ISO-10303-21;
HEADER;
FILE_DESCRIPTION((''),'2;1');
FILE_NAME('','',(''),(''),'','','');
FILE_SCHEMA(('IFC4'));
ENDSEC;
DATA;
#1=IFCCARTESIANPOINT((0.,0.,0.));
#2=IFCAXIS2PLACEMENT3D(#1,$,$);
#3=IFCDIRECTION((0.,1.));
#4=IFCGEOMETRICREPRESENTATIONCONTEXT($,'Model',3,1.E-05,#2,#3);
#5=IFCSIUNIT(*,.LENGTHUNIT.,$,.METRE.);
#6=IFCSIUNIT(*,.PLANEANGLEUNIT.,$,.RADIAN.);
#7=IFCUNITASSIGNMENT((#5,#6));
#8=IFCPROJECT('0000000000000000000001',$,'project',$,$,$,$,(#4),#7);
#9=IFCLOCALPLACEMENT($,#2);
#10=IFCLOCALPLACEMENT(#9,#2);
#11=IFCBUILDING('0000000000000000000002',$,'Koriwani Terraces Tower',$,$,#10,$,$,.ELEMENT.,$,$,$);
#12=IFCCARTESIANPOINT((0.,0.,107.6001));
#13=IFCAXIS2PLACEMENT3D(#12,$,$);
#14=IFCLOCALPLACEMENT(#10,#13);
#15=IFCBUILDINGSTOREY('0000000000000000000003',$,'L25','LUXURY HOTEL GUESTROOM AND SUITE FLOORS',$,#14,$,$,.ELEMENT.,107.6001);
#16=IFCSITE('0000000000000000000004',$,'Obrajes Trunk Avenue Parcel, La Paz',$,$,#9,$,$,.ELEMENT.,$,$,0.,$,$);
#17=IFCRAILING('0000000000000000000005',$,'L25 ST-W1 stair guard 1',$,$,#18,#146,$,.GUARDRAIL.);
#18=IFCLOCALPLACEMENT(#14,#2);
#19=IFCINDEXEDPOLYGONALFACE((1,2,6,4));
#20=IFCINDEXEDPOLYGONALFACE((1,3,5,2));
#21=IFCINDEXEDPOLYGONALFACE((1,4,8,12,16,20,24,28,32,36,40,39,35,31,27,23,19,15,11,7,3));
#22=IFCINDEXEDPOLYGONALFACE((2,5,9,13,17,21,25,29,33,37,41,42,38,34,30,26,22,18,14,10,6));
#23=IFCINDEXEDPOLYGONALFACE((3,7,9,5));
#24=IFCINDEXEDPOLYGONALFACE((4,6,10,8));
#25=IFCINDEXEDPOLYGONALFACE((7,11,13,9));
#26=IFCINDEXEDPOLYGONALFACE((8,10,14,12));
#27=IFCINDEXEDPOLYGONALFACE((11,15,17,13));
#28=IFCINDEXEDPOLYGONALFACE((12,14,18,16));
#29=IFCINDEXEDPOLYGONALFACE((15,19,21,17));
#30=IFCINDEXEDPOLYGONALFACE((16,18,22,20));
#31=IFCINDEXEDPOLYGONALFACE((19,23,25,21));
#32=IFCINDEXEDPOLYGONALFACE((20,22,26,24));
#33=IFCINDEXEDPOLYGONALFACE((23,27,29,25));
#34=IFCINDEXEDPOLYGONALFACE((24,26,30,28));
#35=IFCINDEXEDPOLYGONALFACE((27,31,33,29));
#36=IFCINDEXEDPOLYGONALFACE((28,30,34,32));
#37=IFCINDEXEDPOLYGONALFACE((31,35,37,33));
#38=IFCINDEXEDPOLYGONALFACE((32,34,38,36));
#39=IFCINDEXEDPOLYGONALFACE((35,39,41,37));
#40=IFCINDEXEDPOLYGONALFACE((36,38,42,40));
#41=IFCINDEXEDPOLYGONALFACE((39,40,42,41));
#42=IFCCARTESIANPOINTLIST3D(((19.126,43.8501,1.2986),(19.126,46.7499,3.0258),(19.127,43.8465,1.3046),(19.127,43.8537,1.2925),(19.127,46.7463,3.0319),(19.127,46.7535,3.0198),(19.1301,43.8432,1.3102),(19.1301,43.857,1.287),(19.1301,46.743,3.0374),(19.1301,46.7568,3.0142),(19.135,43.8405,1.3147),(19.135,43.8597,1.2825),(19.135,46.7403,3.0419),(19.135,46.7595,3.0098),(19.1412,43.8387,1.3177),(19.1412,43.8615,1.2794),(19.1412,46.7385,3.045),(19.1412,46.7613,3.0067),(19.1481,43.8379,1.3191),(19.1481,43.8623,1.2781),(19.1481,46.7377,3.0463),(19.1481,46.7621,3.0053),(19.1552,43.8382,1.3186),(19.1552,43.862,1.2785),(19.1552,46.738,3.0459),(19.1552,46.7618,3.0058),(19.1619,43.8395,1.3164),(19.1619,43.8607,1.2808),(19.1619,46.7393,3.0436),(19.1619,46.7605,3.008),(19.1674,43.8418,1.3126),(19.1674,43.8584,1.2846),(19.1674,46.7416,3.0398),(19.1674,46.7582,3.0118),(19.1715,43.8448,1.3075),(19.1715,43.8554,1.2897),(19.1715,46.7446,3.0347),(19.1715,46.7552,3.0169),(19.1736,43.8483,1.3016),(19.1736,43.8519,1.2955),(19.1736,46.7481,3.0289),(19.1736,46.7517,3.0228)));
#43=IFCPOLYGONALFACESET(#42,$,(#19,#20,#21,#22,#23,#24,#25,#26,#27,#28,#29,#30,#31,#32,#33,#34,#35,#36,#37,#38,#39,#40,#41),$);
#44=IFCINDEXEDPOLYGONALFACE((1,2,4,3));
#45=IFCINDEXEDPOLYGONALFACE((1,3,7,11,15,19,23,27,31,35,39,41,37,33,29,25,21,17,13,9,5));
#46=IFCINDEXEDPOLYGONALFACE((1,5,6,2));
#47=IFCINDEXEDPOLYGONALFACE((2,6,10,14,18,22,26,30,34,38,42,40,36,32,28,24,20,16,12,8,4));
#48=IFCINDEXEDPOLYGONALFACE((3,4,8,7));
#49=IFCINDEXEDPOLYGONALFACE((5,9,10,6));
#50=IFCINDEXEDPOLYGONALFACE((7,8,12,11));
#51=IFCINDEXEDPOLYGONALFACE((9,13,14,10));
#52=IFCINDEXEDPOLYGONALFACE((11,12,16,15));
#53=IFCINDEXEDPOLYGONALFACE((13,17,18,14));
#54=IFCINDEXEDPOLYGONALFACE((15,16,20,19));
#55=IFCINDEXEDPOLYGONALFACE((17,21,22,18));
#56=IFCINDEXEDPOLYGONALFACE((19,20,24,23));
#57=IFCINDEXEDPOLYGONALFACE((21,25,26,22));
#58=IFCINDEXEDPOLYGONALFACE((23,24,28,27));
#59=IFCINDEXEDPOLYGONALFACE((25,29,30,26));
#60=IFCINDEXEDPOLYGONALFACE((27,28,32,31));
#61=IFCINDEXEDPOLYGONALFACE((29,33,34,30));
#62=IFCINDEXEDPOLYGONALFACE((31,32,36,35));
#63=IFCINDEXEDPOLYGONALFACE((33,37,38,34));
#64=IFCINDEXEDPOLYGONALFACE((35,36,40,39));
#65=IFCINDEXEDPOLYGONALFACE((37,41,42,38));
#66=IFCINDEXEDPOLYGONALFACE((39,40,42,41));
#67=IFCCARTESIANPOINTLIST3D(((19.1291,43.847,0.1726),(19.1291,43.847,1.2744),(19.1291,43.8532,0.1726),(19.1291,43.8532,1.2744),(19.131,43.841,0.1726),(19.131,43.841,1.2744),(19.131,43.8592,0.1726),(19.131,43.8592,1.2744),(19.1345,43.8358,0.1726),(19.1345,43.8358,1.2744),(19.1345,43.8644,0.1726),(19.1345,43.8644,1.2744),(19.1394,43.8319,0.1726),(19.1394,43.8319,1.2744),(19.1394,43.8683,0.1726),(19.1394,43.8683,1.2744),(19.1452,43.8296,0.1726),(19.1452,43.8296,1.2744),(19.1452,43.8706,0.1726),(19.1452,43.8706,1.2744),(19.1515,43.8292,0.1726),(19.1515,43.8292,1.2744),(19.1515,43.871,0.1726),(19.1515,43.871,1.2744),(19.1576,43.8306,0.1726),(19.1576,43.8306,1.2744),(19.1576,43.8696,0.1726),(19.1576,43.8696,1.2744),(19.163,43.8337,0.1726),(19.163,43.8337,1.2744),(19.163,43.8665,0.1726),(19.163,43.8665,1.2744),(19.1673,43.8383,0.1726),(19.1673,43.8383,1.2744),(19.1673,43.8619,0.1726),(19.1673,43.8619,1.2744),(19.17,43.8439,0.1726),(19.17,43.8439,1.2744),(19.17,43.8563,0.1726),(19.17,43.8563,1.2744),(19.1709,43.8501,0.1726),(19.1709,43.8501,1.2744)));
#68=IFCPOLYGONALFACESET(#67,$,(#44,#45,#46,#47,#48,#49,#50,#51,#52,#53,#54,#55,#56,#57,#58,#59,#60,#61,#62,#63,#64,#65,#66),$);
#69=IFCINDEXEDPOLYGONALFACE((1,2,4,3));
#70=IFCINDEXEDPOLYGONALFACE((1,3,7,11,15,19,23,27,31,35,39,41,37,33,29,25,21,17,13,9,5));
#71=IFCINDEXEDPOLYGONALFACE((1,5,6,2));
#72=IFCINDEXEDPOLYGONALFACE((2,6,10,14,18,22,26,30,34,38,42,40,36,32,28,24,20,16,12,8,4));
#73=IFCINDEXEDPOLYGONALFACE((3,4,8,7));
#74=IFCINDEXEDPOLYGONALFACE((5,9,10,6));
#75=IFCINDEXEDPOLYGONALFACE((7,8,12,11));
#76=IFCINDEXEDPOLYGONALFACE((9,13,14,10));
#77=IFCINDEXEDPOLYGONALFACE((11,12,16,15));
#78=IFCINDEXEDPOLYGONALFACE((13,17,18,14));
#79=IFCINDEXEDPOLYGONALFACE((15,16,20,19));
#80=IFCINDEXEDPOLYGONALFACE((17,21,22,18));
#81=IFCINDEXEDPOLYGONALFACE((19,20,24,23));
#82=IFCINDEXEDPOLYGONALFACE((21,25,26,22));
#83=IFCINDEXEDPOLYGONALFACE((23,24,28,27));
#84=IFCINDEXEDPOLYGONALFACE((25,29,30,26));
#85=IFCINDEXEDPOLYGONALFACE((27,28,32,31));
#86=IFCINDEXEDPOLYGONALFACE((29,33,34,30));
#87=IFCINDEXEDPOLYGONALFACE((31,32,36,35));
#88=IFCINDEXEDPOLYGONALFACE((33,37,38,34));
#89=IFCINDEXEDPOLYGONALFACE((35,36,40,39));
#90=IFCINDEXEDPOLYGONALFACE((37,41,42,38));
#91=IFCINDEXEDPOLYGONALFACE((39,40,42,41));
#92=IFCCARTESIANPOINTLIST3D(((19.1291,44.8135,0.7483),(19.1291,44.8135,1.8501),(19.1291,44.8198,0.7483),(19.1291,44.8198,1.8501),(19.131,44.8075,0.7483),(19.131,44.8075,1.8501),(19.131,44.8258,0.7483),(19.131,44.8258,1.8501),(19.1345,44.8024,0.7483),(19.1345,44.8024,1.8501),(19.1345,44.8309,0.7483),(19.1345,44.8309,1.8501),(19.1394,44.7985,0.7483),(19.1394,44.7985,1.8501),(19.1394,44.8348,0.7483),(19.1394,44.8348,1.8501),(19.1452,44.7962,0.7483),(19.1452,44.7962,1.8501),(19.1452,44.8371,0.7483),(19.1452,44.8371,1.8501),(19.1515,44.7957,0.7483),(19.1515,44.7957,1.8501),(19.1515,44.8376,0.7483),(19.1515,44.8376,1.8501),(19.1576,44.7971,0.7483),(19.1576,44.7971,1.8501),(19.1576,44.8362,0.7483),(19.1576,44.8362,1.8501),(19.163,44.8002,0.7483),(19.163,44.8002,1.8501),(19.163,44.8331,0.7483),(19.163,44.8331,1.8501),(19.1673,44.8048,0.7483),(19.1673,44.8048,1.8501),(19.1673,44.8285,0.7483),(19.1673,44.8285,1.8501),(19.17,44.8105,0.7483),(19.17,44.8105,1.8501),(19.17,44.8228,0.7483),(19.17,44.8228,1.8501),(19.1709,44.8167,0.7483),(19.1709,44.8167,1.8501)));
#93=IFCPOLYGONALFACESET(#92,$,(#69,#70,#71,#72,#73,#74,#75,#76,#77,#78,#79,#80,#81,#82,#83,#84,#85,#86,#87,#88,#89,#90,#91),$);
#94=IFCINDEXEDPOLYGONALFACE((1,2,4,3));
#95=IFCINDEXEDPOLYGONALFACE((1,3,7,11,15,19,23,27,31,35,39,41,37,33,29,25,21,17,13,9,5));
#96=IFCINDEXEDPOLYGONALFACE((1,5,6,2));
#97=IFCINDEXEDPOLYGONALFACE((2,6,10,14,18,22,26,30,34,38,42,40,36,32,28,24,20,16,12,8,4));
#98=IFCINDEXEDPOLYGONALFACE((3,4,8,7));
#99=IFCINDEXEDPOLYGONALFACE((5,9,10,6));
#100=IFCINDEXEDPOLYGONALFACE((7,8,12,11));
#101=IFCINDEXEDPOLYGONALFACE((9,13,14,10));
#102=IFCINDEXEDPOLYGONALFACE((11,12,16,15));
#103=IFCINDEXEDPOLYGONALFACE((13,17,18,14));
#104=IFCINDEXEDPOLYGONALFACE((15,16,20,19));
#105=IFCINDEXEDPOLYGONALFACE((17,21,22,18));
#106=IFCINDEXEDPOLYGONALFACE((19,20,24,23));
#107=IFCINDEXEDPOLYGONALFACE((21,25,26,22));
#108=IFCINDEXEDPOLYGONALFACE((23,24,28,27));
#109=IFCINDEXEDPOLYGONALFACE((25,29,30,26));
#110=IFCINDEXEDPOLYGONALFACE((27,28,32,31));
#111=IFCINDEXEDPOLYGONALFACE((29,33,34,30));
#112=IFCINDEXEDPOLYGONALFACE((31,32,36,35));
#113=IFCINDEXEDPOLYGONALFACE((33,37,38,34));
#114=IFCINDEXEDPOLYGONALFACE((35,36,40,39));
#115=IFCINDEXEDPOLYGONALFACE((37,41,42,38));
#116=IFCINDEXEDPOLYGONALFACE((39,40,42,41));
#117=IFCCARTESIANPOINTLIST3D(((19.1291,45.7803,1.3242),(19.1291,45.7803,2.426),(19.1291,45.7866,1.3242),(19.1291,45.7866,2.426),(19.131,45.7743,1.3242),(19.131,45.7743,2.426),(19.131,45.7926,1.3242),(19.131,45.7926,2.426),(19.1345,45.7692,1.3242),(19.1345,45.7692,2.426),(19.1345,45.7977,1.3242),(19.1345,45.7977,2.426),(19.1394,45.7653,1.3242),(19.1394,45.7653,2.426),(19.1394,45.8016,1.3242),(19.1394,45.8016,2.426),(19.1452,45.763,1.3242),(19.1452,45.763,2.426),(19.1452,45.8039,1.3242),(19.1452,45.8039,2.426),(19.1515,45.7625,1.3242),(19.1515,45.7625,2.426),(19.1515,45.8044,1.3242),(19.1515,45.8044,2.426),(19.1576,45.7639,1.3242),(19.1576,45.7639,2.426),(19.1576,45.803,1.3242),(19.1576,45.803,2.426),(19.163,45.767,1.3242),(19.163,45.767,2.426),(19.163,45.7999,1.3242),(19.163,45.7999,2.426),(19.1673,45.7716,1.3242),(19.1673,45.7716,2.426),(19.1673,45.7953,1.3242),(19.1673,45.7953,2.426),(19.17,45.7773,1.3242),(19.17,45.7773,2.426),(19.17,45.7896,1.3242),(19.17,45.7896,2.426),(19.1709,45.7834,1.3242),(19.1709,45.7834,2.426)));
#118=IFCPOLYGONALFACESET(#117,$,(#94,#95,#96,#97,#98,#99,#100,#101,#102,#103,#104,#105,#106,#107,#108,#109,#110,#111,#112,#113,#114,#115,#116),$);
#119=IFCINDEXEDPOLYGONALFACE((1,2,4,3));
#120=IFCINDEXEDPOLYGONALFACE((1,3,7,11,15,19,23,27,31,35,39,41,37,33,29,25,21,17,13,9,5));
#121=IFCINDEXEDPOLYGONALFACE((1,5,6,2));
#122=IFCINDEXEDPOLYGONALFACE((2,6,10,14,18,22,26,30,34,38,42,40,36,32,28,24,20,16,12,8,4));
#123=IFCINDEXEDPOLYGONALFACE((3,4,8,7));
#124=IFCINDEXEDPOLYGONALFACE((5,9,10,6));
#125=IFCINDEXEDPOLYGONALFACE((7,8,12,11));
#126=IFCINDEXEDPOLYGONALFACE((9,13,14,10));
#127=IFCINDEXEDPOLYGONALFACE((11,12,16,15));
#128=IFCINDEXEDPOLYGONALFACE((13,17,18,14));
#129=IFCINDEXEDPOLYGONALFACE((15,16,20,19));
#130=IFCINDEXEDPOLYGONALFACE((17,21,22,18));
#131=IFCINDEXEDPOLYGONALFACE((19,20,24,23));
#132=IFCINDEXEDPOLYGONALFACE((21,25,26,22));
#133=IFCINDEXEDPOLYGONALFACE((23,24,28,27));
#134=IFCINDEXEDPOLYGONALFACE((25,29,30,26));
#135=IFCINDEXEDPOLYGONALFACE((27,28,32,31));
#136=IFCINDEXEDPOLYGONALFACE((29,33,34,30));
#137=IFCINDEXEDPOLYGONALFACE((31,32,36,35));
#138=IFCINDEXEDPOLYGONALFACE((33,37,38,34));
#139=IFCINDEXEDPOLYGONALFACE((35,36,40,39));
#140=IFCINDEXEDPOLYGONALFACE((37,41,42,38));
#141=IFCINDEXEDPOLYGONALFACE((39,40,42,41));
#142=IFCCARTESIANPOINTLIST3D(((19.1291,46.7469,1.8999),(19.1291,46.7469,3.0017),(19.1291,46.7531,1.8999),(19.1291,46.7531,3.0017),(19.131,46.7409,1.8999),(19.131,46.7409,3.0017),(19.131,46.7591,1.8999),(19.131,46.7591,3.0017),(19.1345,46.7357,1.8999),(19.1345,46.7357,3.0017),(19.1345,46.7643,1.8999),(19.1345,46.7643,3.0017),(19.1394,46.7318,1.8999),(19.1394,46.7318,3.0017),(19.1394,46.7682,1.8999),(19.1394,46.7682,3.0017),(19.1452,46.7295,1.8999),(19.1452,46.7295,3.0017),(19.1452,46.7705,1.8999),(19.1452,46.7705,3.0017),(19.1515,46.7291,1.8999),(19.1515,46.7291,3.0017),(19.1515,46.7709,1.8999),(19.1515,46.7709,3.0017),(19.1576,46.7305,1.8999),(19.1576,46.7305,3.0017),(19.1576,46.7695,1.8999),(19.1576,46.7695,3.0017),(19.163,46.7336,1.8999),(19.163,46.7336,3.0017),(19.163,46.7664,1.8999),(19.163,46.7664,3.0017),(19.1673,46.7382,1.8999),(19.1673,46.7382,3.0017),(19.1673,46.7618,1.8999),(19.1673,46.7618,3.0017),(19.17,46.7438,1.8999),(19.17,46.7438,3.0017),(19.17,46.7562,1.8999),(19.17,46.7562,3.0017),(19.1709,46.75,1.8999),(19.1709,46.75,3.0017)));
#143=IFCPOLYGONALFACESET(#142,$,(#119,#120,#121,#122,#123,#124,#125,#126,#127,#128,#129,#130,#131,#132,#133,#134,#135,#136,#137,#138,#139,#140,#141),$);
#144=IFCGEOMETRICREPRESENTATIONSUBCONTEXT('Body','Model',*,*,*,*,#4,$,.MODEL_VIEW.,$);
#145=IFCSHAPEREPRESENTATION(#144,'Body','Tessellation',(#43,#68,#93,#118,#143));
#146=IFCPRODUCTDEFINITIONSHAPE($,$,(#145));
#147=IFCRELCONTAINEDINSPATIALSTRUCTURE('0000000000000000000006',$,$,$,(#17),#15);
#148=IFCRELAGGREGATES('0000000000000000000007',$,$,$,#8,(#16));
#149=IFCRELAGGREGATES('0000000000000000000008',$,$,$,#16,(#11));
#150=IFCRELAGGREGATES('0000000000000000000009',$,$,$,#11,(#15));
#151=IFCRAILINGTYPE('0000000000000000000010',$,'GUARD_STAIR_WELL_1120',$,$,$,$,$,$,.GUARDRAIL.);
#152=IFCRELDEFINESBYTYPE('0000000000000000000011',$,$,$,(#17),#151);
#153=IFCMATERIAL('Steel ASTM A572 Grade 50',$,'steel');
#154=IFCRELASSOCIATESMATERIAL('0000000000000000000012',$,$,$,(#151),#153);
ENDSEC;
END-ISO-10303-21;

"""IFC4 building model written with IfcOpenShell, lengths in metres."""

from ifc_helpers import new_model, si_unit, direction, frame, origin, origin_2d, place, context, subcontext, project, spatial, circle, extrude, material, type_object, element, save


model = new_model("IFC4")

# Units and contexts
model_context = context("Model", 3, precision=1e-05, world=origin(), true_north=direction((0.0, 1.0)))
body_context = subcontext(model_context, "Body", "Model", "MODEL_VIEW")
ifc_project = project(units=[si_unit("LENGTHUNIT", "METRE"), si_unit("PLANEANGLEUNIT", "RADIAN")], contexts=[model_context])

# Site, building, storey
site_placement = place(None, origin())
site = spatial("IfcSite", under=ifc_project, at=site_placement, Name="Obrajes Trunk Avenue Parcel, La Paz", CompositionType="ELEMENT", RefElevation=0.0)
building_placement = place(site_placement, origin())
building = spatial("IfcBuilding", under=site, at=building_placement, Name="Koriwani Terraces Tower", CompositionType="ELEMENT")
storey_placement = place(building_placement, frame((0.0, 0.0, 107.6001)))
storey = spatial("IfcBuildingStorey", under=building, at=storey_placement, Name="L25", Description="LUXURY HOTEL GUESTROOM AND SUITE FLOORS", CompositionType="ELEMENT", Elevation=107.6001)

# Shared definitions
ifc_material_1 = material(Name="Steel ASTM A572 Grade 50", Category="steel")

# Railing
railing_type_1 = type_object("IfcRailingType", Name="GUARD_STAIR_WELL_1120", PredefinedType="GUARDRAIL", material=ifc_material_1)
railing_1_placement = place(storey_placement, frame((19.1499, 43.8501, 0.1726)))
element("IfcRailing", 1, at=railing_1_placement, inside=storey, type_object=railing_type_1, Name="L25 ST-W1 stair guard 1", PredefinedType="GUARDRAIL", context=body_context, shape_type="SweptSolid", body=[
    extrude(circle(Radius=0.0239, at=origin_2d()), frame((0.0, 0.0, 1.126), z_axis=(0.0, 0.859141, 0.511738), x_axis=(-1.0, 0.0, 0.0)), (0.0, 0.0, 1.0), 3.3752),
    extrude(circle(Radius=0.021, at=origin_2d()), origin(), (0.0, 0.0, 1.0), 1.1018),
    extrude(circle(Radius=0.021, at=origin_2d()), frame((0.0, 0.9666, 0.5757)), (0.0, 0.0, 1.0), 1.1018),
    extrude(circle(Radius=0.021, at=origin_2d()), frame((0.0, 1.9333, 1.1516)), (0.0, 0.0, 1.0), 1.1018),
    extrude(circle(Radius=0.021, at=origin_2d()), frame((0.0, 2.8999, 1.7273)), (0.0, 0.0, 1.0), 1.1018),
])

save(model, "model.ifc")
